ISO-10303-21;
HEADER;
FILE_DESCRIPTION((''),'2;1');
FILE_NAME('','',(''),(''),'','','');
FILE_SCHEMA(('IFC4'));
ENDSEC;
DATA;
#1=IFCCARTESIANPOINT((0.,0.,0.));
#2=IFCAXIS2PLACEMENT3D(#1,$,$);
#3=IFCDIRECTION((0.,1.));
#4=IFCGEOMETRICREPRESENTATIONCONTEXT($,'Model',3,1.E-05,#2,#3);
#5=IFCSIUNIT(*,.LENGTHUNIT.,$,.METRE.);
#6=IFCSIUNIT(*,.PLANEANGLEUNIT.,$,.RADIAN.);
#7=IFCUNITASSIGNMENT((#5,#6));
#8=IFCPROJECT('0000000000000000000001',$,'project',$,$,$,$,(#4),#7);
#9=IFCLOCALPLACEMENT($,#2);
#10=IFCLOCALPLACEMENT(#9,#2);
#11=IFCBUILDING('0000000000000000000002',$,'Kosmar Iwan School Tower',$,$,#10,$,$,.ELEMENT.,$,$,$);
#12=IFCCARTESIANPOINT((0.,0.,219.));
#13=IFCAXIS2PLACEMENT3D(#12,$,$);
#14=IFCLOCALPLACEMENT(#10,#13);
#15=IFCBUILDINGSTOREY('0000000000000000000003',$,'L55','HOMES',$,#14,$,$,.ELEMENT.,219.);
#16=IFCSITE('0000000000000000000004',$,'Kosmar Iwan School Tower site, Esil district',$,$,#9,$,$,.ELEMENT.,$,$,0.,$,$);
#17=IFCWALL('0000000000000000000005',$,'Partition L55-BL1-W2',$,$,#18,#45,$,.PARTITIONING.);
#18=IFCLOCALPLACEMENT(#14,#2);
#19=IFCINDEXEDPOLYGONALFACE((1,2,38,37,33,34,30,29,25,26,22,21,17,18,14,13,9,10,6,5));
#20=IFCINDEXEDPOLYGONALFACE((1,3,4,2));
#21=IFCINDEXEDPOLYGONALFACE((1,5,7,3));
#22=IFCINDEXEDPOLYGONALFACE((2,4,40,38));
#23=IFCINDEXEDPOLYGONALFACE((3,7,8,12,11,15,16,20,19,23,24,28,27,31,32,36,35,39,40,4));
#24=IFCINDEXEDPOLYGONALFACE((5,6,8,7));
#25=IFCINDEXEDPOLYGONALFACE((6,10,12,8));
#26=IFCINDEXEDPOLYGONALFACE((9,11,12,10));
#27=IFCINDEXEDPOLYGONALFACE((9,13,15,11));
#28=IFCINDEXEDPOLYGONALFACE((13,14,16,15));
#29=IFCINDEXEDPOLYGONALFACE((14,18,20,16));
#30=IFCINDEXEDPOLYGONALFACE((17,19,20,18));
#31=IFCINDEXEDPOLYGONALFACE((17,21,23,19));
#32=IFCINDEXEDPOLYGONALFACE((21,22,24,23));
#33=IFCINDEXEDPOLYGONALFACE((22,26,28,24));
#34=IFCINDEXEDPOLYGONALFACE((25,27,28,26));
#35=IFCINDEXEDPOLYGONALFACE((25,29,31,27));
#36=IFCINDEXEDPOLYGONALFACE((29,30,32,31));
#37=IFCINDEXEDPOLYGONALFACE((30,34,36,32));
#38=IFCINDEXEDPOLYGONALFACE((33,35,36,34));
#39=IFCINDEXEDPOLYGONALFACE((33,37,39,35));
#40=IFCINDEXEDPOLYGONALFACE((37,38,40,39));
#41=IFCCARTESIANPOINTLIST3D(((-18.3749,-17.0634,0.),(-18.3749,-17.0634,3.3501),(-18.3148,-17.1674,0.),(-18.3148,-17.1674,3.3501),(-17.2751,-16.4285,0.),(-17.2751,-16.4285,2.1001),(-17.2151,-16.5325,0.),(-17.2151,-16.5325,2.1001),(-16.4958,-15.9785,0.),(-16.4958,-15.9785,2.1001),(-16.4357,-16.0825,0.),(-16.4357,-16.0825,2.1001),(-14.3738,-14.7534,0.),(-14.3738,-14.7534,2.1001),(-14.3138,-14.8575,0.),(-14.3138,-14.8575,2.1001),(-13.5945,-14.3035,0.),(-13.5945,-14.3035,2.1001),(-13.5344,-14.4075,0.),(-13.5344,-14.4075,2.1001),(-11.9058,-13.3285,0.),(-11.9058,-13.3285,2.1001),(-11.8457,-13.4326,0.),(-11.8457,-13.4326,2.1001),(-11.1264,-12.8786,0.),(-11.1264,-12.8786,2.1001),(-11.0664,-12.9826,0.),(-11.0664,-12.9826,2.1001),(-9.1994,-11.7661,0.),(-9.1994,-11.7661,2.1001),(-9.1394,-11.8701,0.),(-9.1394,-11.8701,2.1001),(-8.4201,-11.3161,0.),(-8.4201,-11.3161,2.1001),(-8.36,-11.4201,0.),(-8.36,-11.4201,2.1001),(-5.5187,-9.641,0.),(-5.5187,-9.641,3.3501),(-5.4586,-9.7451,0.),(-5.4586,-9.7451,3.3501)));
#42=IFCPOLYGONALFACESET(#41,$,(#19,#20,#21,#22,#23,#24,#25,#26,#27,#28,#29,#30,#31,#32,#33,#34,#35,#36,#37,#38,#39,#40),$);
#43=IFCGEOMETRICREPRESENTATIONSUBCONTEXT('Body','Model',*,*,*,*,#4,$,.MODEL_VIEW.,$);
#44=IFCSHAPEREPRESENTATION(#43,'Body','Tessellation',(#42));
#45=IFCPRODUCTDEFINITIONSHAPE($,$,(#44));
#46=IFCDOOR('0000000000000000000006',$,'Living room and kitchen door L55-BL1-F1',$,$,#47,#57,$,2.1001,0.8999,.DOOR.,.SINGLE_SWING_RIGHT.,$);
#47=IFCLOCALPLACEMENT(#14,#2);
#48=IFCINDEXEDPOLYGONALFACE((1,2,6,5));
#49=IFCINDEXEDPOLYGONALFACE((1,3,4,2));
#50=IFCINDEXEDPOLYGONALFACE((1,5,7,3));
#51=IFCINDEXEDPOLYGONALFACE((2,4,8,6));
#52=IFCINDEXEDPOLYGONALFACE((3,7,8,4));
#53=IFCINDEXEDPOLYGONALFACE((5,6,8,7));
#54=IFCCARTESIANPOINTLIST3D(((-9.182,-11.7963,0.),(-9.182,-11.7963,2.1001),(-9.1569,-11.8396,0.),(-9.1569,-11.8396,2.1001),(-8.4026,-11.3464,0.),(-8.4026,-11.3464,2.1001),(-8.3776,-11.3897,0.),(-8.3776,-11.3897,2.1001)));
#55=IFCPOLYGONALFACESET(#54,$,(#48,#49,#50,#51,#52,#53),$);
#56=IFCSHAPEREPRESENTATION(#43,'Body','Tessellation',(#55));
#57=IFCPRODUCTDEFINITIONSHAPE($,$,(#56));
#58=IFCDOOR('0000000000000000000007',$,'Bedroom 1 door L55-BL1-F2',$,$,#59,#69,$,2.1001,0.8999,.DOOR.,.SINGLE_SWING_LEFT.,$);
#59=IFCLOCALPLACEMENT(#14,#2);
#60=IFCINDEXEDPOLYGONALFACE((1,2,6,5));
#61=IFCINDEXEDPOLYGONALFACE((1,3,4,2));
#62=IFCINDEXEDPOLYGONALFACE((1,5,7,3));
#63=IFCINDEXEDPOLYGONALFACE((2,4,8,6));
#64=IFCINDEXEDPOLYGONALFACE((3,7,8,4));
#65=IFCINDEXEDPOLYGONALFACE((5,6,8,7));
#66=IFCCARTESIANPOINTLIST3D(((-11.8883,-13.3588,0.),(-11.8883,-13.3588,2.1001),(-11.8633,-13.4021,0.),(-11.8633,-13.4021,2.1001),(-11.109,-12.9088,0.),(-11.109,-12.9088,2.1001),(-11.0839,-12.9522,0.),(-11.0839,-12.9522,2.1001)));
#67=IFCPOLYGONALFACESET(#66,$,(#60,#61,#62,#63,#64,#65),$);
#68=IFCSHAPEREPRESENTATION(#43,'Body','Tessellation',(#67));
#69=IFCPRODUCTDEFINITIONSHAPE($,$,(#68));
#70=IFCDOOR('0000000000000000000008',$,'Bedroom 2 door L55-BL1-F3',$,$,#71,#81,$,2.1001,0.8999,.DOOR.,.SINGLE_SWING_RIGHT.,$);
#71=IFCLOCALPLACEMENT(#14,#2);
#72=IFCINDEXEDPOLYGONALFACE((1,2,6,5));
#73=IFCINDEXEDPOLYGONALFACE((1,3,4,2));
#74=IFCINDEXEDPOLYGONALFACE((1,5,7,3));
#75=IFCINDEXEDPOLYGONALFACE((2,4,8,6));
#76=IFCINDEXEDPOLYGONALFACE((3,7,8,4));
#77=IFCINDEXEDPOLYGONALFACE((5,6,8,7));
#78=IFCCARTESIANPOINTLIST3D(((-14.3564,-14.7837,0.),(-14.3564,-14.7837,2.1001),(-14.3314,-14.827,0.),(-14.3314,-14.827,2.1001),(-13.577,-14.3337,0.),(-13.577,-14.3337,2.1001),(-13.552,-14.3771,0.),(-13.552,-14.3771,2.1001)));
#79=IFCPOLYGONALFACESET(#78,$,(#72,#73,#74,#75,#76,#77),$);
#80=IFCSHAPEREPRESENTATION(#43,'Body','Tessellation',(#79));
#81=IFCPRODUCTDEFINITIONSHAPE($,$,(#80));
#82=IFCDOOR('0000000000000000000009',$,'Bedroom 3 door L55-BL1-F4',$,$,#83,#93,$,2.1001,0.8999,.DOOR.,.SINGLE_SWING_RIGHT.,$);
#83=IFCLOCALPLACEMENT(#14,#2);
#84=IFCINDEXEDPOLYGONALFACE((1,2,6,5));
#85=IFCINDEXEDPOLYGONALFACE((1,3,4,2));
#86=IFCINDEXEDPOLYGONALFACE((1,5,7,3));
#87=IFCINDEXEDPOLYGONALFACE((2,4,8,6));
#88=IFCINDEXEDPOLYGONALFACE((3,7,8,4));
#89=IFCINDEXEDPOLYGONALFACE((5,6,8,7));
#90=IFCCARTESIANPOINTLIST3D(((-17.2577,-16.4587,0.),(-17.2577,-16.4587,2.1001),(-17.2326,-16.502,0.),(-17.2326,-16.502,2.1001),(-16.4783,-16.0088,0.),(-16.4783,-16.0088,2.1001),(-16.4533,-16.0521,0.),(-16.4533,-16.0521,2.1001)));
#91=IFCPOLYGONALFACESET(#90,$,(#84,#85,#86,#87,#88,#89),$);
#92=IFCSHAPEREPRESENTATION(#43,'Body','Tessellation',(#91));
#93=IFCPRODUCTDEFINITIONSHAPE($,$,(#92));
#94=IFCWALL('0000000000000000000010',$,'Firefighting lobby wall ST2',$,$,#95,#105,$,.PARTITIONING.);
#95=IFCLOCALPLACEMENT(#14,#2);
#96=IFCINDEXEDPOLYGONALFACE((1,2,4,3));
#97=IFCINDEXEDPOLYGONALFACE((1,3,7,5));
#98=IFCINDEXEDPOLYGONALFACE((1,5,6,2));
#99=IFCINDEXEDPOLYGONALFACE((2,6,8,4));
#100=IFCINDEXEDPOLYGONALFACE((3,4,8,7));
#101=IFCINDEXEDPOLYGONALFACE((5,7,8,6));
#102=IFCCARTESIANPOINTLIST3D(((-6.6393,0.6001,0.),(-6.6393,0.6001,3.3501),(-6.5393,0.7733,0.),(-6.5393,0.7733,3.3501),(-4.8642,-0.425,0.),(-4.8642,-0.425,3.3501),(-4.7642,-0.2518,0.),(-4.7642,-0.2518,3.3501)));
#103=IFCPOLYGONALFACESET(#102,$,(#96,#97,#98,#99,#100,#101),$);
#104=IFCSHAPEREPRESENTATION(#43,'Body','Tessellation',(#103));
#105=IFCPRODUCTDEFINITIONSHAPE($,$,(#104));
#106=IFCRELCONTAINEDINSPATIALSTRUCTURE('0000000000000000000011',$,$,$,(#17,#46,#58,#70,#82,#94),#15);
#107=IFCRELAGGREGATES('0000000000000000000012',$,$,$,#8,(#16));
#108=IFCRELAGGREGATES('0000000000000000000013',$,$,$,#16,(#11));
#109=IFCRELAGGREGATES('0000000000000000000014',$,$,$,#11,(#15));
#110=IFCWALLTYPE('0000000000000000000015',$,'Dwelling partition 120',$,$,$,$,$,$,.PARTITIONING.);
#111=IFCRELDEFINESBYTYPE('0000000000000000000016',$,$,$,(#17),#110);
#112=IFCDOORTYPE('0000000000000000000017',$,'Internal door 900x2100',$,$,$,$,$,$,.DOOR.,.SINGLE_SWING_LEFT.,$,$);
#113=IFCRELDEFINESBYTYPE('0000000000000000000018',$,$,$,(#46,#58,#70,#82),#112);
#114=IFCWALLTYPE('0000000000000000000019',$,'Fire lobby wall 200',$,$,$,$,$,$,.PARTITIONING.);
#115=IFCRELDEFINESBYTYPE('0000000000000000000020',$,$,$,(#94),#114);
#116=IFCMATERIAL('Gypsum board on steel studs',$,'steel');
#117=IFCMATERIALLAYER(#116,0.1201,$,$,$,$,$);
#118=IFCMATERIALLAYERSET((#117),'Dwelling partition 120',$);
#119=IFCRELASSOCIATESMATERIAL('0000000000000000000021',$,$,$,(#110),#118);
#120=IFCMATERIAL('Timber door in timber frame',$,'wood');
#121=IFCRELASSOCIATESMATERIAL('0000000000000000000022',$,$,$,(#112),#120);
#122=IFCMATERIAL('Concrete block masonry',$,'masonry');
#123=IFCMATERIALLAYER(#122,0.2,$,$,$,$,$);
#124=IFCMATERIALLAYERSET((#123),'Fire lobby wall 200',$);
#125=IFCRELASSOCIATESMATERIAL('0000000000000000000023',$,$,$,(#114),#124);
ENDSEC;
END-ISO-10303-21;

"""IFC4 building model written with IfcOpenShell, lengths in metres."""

from ifc_helpers import new_model, si_unit, direction, frame, frame_2d, origin, place, context, subcontext, project, spatial, rectangle, extrude, material, layer, layer_set, type_object, element, fill, save


model = new_model("IFC4")

# Units and contexts
model_context = context("Model", 3, precision=1e-05, world=origin(), true_north=direction((0.0, 1.0)))
body_context = subcontext(model_context, "Body", "Model", "MODEL_VIEW")
ifc_project = project(units=[si_unit("LENGTHUNIT", "METRE"), si_unit("PLANEANGLEUNIT", "RADIAN")], contexts=[model_context])

# Site, building, storey
site_placement = place(None, origin())
site = spatial("IfcSite", under=ifc_project, at=site_placement, Name="Kosmar Iwan School Tower site, Esil district", CompositionType="ELEMENT", RefElevation=0.0)
building_placement = place(site_placement, origin())
building = spatial("IfcBuilding", under=site, at=building_placement, Name="Kosmar Iwan School Tower", CompositionType="ELEMENT")
storey_placement = place(building_placement, frame((0.0, 0.0, 219.0)))
storey = spatial("IfcBuildingStorey", under=building, at=storey_placement, Name="L55", Description="HOMES", CompositionType="ELEMENT", Elevation=219.0)

# Wall, openings, doors
ifc_material_1 = material(Name="Gypsum board on steel studs", Category="steel")
ifc_layer_1 = layer(ifc_material_1, 0.1201)
ifc_layer_set_1 = layer_set([ifc_layer_1], Name="Dwelling partition 120")
wall_type_1 = type_object("IfcWallType", Name="Dwelling partition 120", PredefinedType="PARTITIONING", material=ifc_layer_set_1)
ifc_material_2 = material(Name="Timber door in timber frame", Category="wood")
door_type_1 = type_object("IfcDoorType", Name="Internal door 900x2100", OperationType="SINGLE_SWING_LEFT", PredefinedType="DOOR", material=ifc_material_2)
wall_1_placement = place(storey_placement, frame((-5.4888, -9.6931, 0.0), z_axis=(0.0, 0.0, 1.0), x_axis=(-0.86603, -0.499992, 0.0)))
wall_1 = element("IfcWall", 1, at=wall_1_placement, inside=storey, type_object=wall_type_1, Name="Partition L55-BL1-W2", PredefinedType="PARTITIONING", context=body_context, shape_type="SweptSolid", body=[
    extrude(rectangle(XDim=14.845, YDim=0.1201, at=frame_2d((7.4224, 0.0))), origin(), (0.0, 0.0, 1.0), 3.3501),
])
opening_1_placement = place(wall_1_placement, frame((3.3501, 0.0, 0.0)))
opening_1 = element("IfcOpeningElement", 2, at=opening_1_placement, cuts=wall_1, PredefinedType="OPENING", context=body_context, shape_type="SweptSolid", body=[
    extrude(rectangle(XDim=0.8999, YDim=2.1001, at=frame_2d((0.45, 1.05))), frame((0.0, 0.072, 0.0), z_axis=(0.0, -1.0, 0.0), x_axis=(1.0, 0.0, 0.0)), (0.0, 0.0, 1.0), 0.144),
])
opening_2_placement = place(wall_1_placement, frame((6.4751, 0.0, 0.0)))
opening_2 = element("IfcOpeningElement", 3, at=opening_2_placement, cuts=wall_1, PredefinedType="OPENING", context=body_context, shape_type="SweptSolid", body=[
    extrude(rectangle(XDim=0.8999, YDim=2.1001, at=frame_2d((0.45, 1.05))), frame((0.0, 0.072, 0.0), z_axis=(0.0, -1.0, 0.0), x_axis=(1.0, 0.0, 0.0)), (0.0, 0.0, 1.0), 0.144),
])
opening_3_placement = place(wall_1_placement, frame((9.325, 0.0, 0.0)))
opening_3 = element("IfcOpeningElement", 4, at=opening_3_placement, cuts=wall_1, PredefinedType="OPENING", context=body_context, shape_type="SweptSolid", body=[
    extrude(rectangle(XDim=0.8999, YDim=2.1001, at=frame_2d((0.45, 1.05))), frame((0.0, 0.072, 0.0), z_axis=(0.0, -1.0, 0.0), x_axis=(1.0, 0.0, 0.0)), (0.0, 0.0, 1.0), 0.144),
])
opening_4_placement = place(wall_1_placement, frame((12.675, 0.0, 0.0)))
opening_4 = element("IfcOpeningElement", 5, at=opening_4_placement, cuts=wall_1, PredefinedType="OPENING", context=body_context, shape_type="SweptSolid", body=[
    extrude(rectangle(XDim=0.8999, YDim=2.1001, at=frame_2d((0.45, 1.05))), frame((0.0, 0.072, 0.0), z_axis=(0.0, -1.0, 0.0), x_axis=(1.0, 0.0, 0.0)), (0.0, 0.0, 1.0), 0.144),
])
door_1_placement = place(opening_1_placement, origin())
door_1 = element("IfcDoor", 6, at=door_1_placement, inside=storey, type_object=door_type_1, Name="Living room and kitchen door L55-BL1-F1", OperationType="SINGLE_SWING_RIGHT", OverallHeight=2.1001, OverallWidth=0.8999, PredefinedType="DOOR", context=body_context, shape_type="SweptSolid", body=[
    extrude(rectangle(XDim=0.8999, YDim=2.1001, at=frame_2d((0.45, 1.05))), frame((0.0, 0.0249, 0.0), z_axis=(0.0, -1.0, 0.0), x_axis=(1.0, 0.0, 0.0)), (0.0, 0.0, 1.0), 0.05),
])
fill(opening_1, door_1)
door_2_placement = place(opening_2_placement, origin())
door_2 = element("IfcDoor", 7, at=door_2_placement, inside=storey, type_object=door_type_1, Name="Bedroom 1 door L55-BL1-F2", OperationType="SINGLE_SWING_LEFT", OverallHeight=2.1001, OverallWidth=0.8999, PredefinedType="DOOR", context=body_context, shape_type="SweptSolid", body=[
    extrude(rectangle(XDim=0.8999, YDim=2.1001, at=frame_2d((0.45, 1.05))), frame((0.0, 0.0249, 0.0), z_axis=(0.0, -1.0, 0.0), x_axis=(1.0, 0.0, 0.0)), (0.0, 0.0, 1.0), 0.05),
])
fill(opening_2, door_2)
door_3_placement = place(opening_3_placement, origin())
door_3 = element("IfcDoor", 8, at=door_3_placement, inside=storey, type_object=door_type_1, Name="Bedroom 2 door L55-BL1-F3", OperationType="SINGLE_SWING_RIGHT", OverallHeight=2.1001, OverallWidth=0.8999, PredefinedType="DOOR", context=body_context, shape_type="SweptSolid", body=[
    extrude(rectangle(XDim=0.8999, YDim=2.1001, at=frame_2d((0.45, 1.05))), frame((0.0, 0.0249, 0.0), z_axis=(0.0, -1.0, 0.0), x_axis=(1.0, 0.0, 0.0)), (0.0, 0.0, 1.0), 0.05),
])
fill(opening_3, door_3)
door_4_placement = place(opening_4_placement, origin())
door_4 = element("IfcDoor", 9, at=door_4_placement, inside=storey, type_object=door_type_1, Name="Bedroom 3 door L55-BL1-F4", OperationType="SINGLE_SWING_RIGHT", OverallHeight=2.1001, OverallWidth=0.8999, PredefinedType="DOOR", context=body_context, shape_type="SweptSolid", body=[
    extrude(rectangle(XDim=0.8999, YDim=2.1001, at=frame_2d((0.45, 1.05))), frame((0.0, 0.0249, 0.0), z_axis=(0.0, -1.0, 0.0), x_axis=(1.0, 0.0, 0.0)), (0.0, 0.0, 1.0), 0.05),
])
fill(opening_4, door_4)

# Wall
ifc_material_3 = material(Name="Concrete block masonry", Category="masonry")
ifc_layer_2 = layer(ifc_material_3, 0.2)
ifc_layer_set_2 = layer_set([ifc_layer_2], Name="Fire lobby wall 200")
wall_type_2 = type_object("IfcWallType", Name="Fire lobby wall 200", PredefinedType="PARTITIONING", material=ifc_layer_set_2)
wall_2_placement = place(storey_placement, frame((-4.8142, -0.3384, 0.0), z_axis=(0.0, 0.0, 1.0), x_axis=(-0.865969, 0.500097, 0.0)))
element("IfcWall", 10, at=wall_2_placement, inside=storey, type_object=wall_type_2, Name="Firefighting lobby wall ST2", PredefinedType="PARTITIONING", context=body_context, shape_type="SweptSolid", body=[
    extrude(rectangle(XDim=2.0498, YDim=0.2, at=frame_2d((1.0249, 0.0))), origin(), (0.0, 0.0, 1.0), 3.3501),
])

save(model, "model.ifc")
